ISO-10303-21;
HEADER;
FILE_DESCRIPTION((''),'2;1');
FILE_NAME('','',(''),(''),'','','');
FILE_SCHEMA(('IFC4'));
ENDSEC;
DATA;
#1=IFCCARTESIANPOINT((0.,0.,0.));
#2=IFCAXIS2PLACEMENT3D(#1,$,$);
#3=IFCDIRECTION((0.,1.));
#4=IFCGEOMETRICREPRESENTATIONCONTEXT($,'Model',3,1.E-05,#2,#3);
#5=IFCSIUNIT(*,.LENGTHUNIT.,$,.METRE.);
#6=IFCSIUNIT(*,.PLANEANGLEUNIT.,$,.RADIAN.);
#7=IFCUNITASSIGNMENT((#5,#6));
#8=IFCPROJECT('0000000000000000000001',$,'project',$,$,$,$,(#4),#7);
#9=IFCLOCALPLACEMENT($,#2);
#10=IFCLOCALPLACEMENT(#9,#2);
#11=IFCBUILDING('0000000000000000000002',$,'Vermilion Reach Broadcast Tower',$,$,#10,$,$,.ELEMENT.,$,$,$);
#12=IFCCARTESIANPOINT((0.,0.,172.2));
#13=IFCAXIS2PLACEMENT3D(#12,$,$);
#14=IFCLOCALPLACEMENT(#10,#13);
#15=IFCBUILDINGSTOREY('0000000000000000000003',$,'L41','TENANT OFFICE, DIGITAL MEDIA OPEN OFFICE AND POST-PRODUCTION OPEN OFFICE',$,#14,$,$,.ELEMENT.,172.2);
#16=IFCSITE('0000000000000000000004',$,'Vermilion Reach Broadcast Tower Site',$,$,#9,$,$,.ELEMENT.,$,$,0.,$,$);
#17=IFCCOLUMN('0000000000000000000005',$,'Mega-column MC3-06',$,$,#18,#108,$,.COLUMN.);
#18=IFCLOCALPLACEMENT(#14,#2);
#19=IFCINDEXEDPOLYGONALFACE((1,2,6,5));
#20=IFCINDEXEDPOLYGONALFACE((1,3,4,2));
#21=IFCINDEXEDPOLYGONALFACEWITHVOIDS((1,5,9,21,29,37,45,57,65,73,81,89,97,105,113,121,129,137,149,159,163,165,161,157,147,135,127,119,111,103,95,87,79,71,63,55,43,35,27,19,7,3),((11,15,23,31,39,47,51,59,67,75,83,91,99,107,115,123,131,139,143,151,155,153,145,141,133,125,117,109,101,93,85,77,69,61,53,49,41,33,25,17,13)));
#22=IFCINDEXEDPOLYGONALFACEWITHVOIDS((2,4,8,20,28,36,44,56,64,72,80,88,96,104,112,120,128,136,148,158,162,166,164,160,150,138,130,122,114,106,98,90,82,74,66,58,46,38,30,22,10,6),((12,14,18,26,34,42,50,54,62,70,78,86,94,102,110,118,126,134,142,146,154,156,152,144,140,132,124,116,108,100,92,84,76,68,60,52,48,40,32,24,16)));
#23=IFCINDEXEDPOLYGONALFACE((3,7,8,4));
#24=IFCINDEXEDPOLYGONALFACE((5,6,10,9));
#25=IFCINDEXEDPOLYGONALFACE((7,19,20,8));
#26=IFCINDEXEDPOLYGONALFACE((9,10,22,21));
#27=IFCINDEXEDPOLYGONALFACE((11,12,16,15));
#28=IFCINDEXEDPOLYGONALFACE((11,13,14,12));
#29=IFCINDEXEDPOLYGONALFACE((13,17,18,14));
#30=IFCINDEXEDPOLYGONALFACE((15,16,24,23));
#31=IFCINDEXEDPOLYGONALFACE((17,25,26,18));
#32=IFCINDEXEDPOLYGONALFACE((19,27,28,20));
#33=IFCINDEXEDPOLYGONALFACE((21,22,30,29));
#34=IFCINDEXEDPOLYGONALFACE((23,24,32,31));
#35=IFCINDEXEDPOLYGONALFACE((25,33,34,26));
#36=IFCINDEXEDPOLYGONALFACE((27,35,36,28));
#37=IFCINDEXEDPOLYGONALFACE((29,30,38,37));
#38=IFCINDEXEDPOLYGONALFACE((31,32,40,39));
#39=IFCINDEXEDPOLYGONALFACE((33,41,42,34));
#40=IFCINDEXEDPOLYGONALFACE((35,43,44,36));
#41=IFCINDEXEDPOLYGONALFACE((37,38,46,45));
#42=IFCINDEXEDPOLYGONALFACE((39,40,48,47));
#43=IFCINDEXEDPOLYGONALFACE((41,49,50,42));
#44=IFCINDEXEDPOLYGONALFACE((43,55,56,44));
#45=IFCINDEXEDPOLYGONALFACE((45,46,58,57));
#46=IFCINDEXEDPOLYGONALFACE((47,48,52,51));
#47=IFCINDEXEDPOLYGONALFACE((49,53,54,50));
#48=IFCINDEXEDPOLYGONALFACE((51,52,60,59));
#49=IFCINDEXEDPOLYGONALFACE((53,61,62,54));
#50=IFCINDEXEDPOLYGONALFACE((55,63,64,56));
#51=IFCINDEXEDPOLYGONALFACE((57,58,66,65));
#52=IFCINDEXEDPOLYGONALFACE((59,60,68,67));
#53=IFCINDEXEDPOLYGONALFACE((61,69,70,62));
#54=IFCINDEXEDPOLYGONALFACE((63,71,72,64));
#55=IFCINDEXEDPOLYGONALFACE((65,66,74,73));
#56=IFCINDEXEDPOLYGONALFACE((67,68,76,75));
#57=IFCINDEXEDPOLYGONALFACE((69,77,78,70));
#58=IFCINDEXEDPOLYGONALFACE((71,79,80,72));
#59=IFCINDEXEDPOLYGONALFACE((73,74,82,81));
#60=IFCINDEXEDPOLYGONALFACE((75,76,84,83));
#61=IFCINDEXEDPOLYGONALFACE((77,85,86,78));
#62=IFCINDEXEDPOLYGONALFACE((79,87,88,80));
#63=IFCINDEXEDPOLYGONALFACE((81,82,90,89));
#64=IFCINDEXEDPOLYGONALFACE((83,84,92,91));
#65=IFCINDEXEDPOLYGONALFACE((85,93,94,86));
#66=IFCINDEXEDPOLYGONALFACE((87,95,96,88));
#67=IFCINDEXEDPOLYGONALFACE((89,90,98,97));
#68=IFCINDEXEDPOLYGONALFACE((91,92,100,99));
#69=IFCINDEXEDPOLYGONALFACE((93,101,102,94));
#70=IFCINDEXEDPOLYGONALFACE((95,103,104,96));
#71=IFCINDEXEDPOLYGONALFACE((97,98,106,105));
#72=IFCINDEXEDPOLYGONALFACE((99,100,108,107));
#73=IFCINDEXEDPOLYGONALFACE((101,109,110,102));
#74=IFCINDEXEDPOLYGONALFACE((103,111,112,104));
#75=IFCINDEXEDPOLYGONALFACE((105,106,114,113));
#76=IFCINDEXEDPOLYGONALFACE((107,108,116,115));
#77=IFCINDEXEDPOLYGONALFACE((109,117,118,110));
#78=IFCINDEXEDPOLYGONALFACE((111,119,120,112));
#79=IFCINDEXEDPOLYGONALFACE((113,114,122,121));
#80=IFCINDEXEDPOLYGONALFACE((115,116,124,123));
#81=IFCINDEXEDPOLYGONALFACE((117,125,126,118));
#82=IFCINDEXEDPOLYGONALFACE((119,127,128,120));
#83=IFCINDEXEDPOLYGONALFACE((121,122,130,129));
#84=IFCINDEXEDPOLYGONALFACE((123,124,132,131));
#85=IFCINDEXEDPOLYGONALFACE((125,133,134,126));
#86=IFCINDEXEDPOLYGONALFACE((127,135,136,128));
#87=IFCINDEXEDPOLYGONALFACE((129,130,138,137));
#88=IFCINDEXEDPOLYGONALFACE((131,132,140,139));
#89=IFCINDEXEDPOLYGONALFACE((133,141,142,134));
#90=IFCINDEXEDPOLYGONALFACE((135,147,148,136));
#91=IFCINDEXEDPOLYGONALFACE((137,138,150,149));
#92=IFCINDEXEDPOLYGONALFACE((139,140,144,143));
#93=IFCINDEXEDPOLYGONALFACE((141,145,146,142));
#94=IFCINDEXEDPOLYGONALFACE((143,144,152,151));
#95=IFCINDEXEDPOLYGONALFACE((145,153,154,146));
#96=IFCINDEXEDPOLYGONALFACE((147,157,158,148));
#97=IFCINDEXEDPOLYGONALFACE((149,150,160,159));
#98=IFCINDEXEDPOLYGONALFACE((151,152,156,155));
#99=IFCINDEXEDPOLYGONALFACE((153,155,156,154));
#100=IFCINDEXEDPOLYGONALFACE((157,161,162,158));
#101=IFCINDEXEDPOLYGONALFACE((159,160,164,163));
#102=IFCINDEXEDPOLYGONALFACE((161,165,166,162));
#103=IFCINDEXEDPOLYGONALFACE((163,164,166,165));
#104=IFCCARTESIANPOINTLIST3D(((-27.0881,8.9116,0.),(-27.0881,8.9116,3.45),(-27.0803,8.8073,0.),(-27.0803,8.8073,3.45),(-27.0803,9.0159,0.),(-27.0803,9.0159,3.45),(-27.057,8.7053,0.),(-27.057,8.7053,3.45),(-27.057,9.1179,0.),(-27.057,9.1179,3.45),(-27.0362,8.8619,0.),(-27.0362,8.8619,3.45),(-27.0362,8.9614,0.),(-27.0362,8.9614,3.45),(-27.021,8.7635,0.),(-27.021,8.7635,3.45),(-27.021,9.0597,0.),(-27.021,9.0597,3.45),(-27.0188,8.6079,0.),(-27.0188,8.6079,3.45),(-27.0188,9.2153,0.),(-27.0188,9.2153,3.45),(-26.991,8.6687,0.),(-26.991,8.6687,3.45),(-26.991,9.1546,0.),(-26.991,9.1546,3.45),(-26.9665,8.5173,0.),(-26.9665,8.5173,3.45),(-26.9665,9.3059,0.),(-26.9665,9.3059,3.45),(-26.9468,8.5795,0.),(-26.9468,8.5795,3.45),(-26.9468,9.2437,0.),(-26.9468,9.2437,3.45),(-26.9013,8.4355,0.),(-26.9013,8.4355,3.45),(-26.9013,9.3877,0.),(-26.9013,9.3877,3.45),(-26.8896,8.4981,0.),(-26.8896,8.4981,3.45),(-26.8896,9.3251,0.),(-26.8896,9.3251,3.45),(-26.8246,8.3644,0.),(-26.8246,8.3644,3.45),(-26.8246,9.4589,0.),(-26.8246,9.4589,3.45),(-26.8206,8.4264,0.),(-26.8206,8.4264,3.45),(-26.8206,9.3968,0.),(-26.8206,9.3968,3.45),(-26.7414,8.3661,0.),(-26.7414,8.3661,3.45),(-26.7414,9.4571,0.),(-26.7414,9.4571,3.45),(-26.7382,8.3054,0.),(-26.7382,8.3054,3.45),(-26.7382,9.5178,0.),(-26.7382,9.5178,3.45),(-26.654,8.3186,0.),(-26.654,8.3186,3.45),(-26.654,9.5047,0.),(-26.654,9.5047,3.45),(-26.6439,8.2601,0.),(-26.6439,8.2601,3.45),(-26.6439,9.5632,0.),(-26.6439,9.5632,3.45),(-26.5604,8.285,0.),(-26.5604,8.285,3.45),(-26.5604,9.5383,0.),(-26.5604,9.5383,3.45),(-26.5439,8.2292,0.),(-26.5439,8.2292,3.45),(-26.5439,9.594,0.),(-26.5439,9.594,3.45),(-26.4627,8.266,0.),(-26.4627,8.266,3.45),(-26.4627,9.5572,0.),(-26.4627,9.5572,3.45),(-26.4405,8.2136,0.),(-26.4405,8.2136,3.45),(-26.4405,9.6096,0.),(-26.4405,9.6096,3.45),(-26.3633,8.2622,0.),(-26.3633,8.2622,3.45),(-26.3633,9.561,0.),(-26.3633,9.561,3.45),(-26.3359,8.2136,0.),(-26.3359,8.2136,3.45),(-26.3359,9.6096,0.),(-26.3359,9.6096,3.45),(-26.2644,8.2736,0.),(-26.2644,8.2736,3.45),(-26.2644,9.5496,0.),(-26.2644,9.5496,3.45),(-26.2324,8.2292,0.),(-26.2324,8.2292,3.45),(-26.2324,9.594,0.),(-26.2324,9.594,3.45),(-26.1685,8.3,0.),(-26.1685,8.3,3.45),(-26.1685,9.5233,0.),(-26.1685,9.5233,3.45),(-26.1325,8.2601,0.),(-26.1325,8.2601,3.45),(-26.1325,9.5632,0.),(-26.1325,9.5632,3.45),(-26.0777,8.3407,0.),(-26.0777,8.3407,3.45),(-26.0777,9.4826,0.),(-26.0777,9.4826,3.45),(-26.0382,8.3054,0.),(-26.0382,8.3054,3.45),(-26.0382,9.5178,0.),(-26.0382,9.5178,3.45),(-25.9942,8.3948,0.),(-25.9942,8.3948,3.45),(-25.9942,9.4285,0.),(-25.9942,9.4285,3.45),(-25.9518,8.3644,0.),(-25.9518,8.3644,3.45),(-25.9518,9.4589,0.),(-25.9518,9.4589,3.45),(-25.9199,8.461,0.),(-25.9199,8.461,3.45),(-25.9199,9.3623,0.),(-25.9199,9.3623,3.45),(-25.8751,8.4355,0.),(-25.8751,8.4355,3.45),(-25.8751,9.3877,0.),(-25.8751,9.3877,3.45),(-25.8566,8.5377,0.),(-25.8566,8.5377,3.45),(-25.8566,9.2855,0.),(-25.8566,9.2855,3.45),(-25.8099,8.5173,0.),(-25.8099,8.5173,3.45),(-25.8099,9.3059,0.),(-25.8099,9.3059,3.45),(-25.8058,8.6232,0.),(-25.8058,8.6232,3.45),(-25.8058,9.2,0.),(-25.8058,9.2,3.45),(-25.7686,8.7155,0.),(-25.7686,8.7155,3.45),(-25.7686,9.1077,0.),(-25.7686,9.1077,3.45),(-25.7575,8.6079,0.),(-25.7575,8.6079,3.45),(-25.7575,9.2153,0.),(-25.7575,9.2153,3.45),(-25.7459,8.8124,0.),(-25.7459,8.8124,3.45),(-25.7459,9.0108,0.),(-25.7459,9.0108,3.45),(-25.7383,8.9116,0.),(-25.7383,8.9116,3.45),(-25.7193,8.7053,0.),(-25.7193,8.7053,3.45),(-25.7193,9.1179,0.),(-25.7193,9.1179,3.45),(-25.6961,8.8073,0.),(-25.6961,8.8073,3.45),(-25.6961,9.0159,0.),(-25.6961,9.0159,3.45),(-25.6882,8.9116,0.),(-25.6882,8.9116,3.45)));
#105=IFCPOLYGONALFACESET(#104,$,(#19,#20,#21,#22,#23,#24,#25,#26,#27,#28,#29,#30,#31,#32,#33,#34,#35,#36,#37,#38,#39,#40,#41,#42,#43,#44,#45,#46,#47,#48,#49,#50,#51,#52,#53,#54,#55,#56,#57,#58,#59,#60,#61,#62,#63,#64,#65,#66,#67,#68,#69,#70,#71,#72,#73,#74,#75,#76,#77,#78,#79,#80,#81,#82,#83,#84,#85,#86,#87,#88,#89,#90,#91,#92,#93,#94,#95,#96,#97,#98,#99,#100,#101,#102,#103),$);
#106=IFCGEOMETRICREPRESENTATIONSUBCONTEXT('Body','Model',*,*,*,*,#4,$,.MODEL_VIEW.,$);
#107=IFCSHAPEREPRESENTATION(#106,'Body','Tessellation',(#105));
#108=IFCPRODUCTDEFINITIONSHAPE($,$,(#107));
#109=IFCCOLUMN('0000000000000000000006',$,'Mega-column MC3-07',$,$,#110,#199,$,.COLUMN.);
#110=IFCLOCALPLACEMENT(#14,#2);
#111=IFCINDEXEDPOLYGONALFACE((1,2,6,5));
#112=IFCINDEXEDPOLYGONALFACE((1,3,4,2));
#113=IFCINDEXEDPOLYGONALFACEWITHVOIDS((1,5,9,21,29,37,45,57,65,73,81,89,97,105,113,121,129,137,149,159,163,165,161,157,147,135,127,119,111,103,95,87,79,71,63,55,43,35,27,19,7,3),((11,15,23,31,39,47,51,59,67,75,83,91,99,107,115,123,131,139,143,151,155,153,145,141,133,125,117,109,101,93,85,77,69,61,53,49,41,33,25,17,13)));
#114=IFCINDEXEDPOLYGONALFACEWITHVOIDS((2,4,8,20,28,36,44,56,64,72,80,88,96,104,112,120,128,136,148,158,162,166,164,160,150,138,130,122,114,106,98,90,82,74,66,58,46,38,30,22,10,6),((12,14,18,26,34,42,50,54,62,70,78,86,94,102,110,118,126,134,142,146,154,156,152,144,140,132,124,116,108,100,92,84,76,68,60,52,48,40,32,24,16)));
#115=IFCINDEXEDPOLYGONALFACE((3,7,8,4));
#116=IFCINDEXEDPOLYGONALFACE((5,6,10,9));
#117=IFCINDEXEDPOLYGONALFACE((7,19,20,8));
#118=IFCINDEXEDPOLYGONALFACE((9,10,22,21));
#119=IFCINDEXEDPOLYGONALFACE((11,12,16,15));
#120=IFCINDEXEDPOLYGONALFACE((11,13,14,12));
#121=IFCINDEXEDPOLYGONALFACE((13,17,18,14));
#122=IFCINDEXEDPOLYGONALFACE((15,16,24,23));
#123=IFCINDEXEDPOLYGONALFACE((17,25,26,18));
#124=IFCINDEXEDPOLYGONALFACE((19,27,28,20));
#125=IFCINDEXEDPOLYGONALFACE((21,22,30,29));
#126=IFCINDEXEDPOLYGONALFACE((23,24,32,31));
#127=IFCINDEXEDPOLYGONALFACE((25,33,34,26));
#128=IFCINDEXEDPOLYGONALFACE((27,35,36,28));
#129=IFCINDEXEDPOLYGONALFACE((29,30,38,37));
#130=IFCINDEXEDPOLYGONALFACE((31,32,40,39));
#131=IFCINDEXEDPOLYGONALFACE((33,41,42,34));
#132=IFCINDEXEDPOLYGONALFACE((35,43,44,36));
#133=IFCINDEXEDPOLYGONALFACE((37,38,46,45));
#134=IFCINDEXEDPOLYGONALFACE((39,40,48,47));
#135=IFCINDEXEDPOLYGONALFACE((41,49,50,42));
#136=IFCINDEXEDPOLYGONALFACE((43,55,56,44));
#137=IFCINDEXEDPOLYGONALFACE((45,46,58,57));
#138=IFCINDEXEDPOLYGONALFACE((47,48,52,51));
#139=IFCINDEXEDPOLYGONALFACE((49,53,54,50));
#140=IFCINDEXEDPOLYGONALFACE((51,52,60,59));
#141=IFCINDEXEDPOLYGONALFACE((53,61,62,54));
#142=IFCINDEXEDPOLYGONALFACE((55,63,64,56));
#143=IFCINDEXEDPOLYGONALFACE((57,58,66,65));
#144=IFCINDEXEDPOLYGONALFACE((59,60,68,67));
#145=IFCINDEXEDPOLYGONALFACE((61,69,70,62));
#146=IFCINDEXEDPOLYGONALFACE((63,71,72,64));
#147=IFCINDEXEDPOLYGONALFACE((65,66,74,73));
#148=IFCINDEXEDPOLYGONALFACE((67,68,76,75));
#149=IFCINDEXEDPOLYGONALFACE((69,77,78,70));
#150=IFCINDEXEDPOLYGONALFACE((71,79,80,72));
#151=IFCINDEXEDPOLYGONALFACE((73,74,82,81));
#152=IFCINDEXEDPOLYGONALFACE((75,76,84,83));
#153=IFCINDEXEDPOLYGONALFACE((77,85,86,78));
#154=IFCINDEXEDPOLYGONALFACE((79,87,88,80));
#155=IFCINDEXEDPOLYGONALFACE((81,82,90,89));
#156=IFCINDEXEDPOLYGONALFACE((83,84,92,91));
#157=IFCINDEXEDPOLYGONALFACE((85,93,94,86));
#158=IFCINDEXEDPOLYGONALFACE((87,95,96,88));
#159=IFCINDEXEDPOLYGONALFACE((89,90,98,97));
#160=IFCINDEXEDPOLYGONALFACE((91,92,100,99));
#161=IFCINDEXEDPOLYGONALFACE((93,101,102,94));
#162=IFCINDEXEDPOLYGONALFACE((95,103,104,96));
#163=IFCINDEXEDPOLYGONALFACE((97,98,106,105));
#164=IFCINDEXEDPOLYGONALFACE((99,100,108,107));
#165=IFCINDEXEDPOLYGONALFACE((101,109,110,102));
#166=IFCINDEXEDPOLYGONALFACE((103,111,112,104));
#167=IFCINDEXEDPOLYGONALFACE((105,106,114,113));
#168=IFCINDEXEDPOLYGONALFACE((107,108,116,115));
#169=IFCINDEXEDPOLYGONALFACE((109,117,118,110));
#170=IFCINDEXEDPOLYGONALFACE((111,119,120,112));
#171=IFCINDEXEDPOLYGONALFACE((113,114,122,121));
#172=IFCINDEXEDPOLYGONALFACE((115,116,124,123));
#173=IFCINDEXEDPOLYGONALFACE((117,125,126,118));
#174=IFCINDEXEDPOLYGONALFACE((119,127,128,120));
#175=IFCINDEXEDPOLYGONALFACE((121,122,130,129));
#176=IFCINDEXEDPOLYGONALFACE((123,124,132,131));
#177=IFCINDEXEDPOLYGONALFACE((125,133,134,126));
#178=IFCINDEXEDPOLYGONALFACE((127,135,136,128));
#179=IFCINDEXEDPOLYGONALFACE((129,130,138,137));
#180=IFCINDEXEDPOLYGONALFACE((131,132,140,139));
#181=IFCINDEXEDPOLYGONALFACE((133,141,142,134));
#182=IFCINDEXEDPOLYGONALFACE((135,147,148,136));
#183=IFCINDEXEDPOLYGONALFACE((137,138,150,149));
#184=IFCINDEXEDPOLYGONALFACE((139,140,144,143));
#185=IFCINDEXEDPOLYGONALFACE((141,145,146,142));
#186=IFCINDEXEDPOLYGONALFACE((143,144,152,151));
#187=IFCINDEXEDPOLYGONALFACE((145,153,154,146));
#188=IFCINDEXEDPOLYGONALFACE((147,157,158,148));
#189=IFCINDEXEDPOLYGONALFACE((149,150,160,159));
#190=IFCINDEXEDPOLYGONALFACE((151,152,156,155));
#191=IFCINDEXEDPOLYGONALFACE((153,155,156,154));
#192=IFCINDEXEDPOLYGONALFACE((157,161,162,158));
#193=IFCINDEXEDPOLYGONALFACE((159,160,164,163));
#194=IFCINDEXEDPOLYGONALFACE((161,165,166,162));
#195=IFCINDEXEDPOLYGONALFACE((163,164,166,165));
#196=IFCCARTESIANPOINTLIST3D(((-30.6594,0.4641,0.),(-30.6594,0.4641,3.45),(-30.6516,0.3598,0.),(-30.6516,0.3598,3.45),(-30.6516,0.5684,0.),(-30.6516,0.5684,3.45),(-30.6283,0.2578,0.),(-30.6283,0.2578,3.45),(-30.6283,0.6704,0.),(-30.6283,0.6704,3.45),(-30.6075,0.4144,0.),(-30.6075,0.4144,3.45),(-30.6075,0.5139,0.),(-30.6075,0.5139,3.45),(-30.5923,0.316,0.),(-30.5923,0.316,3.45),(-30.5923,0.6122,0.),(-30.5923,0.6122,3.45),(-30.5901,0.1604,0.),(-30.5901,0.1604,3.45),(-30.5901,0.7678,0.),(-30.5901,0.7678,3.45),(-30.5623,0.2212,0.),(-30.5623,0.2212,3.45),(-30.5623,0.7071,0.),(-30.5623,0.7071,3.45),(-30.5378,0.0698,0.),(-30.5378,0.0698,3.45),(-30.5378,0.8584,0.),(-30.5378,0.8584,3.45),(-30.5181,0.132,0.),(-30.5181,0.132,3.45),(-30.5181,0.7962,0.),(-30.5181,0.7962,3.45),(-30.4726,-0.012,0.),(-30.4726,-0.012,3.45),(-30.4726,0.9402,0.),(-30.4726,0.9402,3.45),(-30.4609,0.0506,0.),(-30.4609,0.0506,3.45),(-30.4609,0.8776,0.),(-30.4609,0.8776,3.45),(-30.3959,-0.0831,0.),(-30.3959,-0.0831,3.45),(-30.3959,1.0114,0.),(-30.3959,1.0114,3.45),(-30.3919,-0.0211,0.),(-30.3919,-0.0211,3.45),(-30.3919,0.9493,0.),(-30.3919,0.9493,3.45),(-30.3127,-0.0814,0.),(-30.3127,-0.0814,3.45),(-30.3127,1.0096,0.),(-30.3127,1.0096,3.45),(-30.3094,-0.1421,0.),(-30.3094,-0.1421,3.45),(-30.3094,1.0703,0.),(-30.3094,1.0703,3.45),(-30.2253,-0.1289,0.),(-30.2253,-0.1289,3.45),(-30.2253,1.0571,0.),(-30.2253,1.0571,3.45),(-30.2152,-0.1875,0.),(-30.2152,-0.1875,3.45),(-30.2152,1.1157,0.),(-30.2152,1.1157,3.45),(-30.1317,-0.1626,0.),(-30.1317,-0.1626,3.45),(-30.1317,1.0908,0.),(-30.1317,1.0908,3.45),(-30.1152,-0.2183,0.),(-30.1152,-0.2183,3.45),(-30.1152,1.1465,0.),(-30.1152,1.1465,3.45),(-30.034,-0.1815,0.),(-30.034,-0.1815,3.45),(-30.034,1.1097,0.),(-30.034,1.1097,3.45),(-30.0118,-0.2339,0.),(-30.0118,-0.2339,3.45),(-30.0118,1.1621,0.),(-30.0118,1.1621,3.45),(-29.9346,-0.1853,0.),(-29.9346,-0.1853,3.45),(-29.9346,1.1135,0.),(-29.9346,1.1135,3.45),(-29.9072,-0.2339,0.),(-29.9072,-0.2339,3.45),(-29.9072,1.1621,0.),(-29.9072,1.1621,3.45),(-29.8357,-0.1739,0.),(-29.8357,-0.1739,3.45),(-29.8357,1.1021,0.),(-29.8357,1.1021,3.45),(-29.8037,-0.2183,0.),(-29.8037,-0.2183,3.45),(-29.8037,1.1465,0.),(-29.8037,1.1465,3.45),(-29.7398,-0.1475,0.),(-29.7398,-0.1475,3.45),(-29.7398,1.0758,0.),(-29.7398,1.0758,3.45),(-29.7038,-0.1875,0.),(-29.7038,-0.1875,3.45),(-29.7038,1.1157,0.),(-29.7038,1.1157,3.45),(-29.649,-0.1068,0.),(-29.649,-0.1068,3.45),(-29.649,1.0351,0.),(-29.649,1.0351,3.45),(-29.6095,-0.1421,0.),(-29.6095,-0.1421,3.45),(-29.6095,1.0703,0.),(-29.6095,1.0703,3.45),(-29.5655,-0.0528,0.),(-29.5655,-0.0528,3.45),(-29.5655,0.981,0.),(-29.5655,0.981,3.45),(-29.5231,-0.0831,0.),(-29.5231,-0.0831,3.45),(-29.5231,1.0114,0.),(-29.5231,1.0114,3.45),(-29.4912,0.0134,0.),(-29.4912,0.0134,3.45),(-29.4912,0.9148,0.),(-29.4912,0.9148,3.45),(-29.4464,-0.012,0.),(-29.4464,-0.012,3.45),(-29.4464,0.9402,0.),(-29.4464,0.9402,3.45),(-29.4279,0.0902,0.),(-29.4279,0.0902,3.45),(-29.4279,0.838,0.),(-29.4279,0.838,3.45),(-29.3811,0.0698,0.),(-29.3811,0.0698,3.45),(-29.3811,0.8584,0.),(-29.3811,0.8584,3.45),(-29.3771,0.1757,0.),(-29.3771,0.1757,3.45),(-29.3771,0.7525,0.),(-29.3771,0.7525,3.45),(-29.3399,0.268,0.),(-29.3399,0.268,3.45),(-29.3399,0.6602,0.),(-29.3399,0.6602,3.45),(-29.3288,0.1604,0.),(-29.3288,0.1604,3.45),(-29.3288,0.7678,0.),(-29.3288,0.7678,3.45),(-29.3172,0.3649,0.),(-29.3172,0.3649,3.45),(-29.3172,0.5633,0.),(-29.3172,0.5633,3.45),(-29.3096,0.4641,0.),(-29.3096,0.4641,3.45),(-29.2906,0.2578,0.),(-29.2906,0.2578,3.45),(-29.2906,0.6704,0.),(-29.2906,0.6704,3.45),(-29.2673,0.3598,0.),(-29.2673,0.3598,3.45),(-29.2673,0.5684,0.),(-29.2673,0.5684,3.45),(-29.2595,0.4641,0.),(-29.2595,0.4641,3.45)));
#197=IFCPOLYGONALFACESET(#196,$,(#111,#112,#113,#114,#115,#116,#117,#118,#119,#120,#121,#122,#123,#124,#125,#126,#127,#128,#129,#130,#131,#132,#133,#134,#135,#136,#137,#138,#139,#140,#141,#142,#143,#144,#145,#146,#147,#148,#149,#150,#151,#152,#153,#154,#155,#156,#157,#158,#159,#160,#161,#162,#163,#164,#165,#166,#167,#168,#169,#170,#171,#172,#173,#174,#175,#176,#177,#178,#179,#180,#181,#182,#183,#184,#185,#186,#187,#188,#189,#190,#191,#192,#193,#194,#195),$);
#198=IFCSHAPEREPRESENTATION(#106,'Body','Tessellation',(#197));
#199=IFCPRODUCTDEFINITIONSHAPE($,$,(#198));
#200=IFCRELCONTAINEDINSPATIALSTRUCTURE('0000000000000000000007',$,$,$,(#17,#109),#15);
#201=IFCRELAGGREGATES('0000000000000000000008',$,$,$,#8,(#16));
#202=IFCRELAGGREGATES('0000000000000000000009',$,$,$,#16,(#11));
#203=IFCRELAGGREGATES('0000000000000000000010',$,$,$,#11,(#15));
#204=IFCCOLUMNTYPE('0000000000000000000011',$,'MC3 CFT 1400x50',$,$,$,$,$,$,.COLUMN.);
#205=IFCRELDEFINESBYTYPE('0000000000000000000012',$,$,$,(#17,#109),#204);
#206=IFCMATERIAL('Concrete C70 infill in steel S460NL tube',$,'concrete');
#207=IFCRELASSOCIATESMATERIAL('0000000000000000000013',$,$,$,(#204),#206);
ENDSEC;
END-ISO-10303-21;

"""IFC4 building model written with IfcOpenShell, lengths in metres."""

from ifc_helpers import new_model, si_unit, direction, frame, origin, origin_2d, place, context, subcontext, project, spatial, hollow_circle, extrude, material, material_profile, profile_set, type_object, element, save


model = new_model("IFC4")

# Units and contexts
model_context = context("Model", 3, precision=1e-05, world=origin(), true_north=direction((0.0, 1.0)))
body_context = subcontext(model_context, "Body", "Model", "MODEL_VIEW")
ifc_project = project(units=[si_unit("LENGTHUNIT", "METRE"), si_unit("PLANEANGLEUNIT", "RADIAN")], contexts=[model_context])

# Site, building, storey
site_placement = place(None, origin())
site = spatial("IfcSite", under=ifc_project, at=site_placement, Name="Vermilion Reach Broadcast Tower Site", CompositionType="ELEMENT", RefElevation=0.0)
building_placement = place(site_placement, origin())
building = spatial("IfcBuilding", under=site, at=building_placement, Name="Vermilion Reach Broadcast Tower", CompositionType="ELEMENT")
storey_placement = place(building_placement, frame((0.0, 0.0, 172.2)))
storey = spatial("IfcBuildingStorey", under=building, at=storey_placement, Name="L41", Description="TENANT OFFICE, DIGITAL MEDIA OPEN OFFICE AND POST-PRODUCTION OPEN OFFICE", CompositionType="ELEMENT", Elevation=172.2)

# Columns
ifc_material_1 = material(Name="Concrete C70 infill in steel S460NL tube", Category="concrete")
ifc_material_profile_1 = material_profile(ifc_material_1, hollow_circle(Radius=0.7, WallThickness=0.05, at=origin_2d()), Name="Concrete C70 infill in steel S460NL tube CFT 1400x50")
ifc_profile_set_1 = profile_set([ifc_material_profile_1], Name="Concrete C70 infill in steel S460NL tube")
column_type = type_object("IfcColumnType", Name="MC3 CFT 1400x50", PredefinedType="COLUMN", material=ifc_profile_set_1)
for number, where, z_axis, x_axis, name in (
    (1, (-26.3882, 8.9116, 0.0), (0.0, 0.0, 1.0), (1.0, 0.0, 0.0), "Mega-column MC3-06"),
    (2, (-29.9595, 0.4641, 0.0), (0.0, 0.0, 1.0), (1.0, 0.0, 0.0), "Mega-column MC3-07"),
):
    element("IfcColumn", number, at=place(storey_placement, frame(where, z_axis=z_axis, x_axis=x_axis)), inside=storey, type_object=column_type, Name=name, PredefinedType="COLUMN", context=body_context, shape_type="SweptSolid", body=[
        extrude(hollow_circle(Radius=0.7, WallThickness=0.05, at=origin_2d()), origin(), (0.0, 0.0, 1.0), 3.45),
    ])

save(model, "model.ifc")
